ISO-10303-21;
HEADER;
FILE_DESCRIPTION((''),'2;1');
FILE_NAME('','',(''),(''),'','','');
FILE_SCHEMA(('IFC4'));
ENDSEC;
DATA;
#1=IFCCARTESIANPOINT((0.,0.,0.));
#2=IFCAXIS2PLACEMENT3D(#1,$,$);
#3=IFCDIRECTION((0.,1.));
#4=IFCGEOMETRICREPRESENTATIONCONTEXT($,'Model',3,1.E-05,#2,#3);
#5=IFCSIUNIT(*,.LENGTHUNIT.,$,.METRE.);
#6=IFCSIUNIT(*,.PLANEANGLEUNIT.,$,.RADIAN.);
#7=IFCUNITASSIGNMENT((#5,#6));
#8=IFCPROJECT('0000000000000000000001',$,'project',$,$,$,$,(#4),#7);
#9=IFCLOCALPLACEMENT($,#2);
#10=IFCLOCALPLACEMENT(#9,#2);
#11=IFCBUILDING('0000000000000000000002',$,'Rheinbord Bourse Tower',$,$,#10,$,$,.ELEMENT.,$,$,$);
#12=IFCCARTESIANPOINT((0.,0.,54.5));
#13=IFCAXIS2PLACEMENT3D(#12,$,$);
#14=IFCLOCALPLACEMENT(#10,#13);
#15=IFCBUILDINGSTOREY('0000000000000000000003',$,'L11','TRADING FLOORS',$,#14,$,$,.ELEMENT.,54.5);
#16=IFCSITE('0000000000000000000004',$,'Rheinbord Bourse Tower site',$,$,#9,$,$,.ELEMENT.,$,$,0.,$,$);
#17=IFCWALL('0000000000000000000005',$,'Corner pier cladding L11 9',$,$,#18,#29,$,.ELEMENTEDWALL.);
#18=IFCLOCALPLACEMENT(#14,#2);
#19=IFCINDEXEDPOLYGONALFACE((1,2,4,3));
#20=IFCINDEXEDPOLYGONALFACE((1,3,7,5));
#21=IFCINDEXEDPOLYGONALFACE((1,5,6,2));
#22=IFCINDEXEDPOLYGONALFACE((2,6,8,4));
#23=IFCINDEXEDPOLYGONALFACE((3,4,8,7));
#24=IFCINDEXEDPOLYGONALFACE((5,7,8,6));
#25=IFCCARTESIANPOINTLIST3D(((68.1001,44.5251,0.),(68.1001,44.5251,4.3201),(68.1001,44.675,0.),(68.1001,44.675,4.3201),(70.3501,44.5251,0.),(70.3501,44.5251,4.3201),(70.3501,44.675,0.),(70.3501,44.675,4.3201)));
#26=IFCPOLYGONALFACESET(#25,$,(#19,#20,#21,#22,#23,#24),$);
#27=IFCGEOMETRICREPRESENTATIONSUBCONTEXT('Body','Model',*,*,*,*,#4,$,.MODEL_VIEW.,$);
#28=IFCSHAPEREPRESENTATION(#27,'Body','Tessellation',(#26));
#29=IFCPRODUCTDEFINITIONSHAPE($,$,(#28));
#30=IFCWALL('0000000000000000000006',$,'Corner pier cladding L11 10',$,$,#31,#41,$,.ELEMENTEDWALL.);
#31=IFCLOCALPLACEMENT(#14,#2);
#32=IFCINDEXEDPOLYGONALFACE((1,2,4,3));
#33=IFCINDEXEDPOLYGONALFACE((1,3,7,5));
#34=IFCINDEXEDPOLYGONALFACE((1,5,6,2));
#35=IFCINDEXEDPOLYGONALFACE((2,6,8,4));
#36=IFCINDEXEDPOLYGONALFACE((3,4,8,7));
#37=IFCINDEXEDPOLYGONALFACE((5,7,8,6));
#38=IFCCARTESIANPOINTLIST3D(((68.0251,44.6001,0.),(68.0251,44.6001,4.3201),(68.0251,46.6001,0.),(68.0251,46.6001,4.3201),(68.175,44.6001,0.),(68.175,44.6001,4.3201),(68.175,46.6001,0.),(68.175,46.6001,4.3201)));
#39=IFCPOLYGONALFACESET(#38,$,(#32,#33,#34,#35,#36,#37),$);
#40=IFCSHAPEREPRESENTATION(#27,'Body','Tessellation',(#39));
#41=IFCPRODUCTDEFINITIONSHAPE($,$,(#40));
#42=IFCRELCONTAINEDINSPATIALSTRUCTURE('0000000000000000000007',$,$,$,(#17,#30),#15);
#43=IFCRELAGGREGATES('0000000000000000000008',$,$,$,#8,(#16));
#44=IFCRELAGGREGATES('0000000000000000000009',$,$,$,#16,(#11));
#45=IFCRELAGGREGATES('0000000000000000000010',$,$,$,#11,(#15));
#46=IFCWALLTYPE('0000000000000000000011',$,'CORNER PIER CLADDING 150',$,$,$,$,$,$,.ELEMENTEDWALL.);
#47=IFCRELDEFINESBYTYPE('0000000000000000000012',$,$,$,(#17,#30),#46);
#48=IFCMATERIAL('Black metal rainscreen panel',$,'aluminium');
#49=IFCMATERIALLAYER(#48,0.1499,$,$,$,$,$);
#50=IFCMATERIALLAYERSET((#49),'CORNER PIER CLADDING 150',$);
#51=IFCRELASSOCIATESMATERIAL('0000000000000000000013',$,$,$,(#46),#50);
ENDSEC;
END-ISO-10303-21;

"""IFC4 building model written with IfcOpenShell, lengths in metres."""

from ifc_helpers import new_model, si_unit, direction, frame, frame_2d, origin, place, context, subcontext, project, spatial, rectangle, extrude, material, layer, layer_set, type_object, element, save


model = new_model("IFC4")

# Units and contexts
model_context = context("Model", 3, precision=1e-05, world=origin(), true_north=direction((0.0, 1.0)))
body_context = subcontext(model_context, "Body", "Model", "MODEL_VIEW")
ifc_project = project(units=[si_unit("LENGTHUNIT", "METRE"), si_unit("PLANEANGLEUNIT", "RADIAN")], contexts=[model_context])

# Site, building, storey
site_placement = place(None, origin())
site = spatial("IfcSite", under=ifc_project, at=site_placement, Name="Rheinbord Bourse Tower site", CompositionType="ELEMENT", RefElevation=0.0)
building_placement = place(site_placement, origin())
building = spatial("IfcBuilding", under=site, at=building_placement, Name="Rheinbord Bourse Tower", CompositionType="ELEMENT")
storey_placement = place(building_placement, frame((0.0, 0.0, 54.5)))
storey = spatial("IfcBuildingStorey", under=building, at=storey_placement, Name="L11", Description="TRADING FLOORS", CompositionType="ELEMENT", Elevation=54.5)

# Walls
ifc_material_1 = material(Name="Black metal rainscreen panel", Category="aluminium")
ifc_layer_1 = layer(ifc_material_1, 0.1499)
ifc_layer_set_1 = layer_set([ifc_layer_1], Name="CORNER PIER CLADDING 150")
wall_type = type_object("IfcWallType", Name="CORNER PIER CLADDING 150", PredefinedType="ELEMENTEDWALL", material=ifc_layer_set_1)
wall_1_placement = place(storey_placement, frame((70.3501, 44.6001, 0.0), z_axis=(0.0, 0.0, 1.0), x_axis=(-1.0, 0.0, 0.0)))
element("IfcWall", 1, at=wall_1_placement, inside=storey, type_object=wall_type, Name="Corner pier cladding L11 9", PredefinedType="ELEMENTEDWALL", context=body_context, shape_type="SweptSolid", body=[
    extrude(rectangle(XDim=2.25, YDim=0.1499, at=frame_2d((1.125, 0.0))), origin(), (0.0, 0.0, 1.0), 4.3201),
])
wall_2_placement = place(storey_placement, frame((68.1001, 44.6001, 0.0), z_axis=(0.0, 0.0, 1.0), x_axis=(0.0, 1.0, 0.0)))
element("IfcWall", 2, at=wall_2_placement, inside=storey, type_object=wall_type, Name="Corner pier cladding L11 10", PredefinedType="ELEMENTEDWALL", context=body_context, shape_type="SweptSolid", body=[
    extrude(rectangle(XDim=2.0, YDim=0.1499, at=frame_2d((1.0, 0.0))), origin(), (0.0, 0.0, 1.0), 4.3201),
])

save(model, "model.ifc")
